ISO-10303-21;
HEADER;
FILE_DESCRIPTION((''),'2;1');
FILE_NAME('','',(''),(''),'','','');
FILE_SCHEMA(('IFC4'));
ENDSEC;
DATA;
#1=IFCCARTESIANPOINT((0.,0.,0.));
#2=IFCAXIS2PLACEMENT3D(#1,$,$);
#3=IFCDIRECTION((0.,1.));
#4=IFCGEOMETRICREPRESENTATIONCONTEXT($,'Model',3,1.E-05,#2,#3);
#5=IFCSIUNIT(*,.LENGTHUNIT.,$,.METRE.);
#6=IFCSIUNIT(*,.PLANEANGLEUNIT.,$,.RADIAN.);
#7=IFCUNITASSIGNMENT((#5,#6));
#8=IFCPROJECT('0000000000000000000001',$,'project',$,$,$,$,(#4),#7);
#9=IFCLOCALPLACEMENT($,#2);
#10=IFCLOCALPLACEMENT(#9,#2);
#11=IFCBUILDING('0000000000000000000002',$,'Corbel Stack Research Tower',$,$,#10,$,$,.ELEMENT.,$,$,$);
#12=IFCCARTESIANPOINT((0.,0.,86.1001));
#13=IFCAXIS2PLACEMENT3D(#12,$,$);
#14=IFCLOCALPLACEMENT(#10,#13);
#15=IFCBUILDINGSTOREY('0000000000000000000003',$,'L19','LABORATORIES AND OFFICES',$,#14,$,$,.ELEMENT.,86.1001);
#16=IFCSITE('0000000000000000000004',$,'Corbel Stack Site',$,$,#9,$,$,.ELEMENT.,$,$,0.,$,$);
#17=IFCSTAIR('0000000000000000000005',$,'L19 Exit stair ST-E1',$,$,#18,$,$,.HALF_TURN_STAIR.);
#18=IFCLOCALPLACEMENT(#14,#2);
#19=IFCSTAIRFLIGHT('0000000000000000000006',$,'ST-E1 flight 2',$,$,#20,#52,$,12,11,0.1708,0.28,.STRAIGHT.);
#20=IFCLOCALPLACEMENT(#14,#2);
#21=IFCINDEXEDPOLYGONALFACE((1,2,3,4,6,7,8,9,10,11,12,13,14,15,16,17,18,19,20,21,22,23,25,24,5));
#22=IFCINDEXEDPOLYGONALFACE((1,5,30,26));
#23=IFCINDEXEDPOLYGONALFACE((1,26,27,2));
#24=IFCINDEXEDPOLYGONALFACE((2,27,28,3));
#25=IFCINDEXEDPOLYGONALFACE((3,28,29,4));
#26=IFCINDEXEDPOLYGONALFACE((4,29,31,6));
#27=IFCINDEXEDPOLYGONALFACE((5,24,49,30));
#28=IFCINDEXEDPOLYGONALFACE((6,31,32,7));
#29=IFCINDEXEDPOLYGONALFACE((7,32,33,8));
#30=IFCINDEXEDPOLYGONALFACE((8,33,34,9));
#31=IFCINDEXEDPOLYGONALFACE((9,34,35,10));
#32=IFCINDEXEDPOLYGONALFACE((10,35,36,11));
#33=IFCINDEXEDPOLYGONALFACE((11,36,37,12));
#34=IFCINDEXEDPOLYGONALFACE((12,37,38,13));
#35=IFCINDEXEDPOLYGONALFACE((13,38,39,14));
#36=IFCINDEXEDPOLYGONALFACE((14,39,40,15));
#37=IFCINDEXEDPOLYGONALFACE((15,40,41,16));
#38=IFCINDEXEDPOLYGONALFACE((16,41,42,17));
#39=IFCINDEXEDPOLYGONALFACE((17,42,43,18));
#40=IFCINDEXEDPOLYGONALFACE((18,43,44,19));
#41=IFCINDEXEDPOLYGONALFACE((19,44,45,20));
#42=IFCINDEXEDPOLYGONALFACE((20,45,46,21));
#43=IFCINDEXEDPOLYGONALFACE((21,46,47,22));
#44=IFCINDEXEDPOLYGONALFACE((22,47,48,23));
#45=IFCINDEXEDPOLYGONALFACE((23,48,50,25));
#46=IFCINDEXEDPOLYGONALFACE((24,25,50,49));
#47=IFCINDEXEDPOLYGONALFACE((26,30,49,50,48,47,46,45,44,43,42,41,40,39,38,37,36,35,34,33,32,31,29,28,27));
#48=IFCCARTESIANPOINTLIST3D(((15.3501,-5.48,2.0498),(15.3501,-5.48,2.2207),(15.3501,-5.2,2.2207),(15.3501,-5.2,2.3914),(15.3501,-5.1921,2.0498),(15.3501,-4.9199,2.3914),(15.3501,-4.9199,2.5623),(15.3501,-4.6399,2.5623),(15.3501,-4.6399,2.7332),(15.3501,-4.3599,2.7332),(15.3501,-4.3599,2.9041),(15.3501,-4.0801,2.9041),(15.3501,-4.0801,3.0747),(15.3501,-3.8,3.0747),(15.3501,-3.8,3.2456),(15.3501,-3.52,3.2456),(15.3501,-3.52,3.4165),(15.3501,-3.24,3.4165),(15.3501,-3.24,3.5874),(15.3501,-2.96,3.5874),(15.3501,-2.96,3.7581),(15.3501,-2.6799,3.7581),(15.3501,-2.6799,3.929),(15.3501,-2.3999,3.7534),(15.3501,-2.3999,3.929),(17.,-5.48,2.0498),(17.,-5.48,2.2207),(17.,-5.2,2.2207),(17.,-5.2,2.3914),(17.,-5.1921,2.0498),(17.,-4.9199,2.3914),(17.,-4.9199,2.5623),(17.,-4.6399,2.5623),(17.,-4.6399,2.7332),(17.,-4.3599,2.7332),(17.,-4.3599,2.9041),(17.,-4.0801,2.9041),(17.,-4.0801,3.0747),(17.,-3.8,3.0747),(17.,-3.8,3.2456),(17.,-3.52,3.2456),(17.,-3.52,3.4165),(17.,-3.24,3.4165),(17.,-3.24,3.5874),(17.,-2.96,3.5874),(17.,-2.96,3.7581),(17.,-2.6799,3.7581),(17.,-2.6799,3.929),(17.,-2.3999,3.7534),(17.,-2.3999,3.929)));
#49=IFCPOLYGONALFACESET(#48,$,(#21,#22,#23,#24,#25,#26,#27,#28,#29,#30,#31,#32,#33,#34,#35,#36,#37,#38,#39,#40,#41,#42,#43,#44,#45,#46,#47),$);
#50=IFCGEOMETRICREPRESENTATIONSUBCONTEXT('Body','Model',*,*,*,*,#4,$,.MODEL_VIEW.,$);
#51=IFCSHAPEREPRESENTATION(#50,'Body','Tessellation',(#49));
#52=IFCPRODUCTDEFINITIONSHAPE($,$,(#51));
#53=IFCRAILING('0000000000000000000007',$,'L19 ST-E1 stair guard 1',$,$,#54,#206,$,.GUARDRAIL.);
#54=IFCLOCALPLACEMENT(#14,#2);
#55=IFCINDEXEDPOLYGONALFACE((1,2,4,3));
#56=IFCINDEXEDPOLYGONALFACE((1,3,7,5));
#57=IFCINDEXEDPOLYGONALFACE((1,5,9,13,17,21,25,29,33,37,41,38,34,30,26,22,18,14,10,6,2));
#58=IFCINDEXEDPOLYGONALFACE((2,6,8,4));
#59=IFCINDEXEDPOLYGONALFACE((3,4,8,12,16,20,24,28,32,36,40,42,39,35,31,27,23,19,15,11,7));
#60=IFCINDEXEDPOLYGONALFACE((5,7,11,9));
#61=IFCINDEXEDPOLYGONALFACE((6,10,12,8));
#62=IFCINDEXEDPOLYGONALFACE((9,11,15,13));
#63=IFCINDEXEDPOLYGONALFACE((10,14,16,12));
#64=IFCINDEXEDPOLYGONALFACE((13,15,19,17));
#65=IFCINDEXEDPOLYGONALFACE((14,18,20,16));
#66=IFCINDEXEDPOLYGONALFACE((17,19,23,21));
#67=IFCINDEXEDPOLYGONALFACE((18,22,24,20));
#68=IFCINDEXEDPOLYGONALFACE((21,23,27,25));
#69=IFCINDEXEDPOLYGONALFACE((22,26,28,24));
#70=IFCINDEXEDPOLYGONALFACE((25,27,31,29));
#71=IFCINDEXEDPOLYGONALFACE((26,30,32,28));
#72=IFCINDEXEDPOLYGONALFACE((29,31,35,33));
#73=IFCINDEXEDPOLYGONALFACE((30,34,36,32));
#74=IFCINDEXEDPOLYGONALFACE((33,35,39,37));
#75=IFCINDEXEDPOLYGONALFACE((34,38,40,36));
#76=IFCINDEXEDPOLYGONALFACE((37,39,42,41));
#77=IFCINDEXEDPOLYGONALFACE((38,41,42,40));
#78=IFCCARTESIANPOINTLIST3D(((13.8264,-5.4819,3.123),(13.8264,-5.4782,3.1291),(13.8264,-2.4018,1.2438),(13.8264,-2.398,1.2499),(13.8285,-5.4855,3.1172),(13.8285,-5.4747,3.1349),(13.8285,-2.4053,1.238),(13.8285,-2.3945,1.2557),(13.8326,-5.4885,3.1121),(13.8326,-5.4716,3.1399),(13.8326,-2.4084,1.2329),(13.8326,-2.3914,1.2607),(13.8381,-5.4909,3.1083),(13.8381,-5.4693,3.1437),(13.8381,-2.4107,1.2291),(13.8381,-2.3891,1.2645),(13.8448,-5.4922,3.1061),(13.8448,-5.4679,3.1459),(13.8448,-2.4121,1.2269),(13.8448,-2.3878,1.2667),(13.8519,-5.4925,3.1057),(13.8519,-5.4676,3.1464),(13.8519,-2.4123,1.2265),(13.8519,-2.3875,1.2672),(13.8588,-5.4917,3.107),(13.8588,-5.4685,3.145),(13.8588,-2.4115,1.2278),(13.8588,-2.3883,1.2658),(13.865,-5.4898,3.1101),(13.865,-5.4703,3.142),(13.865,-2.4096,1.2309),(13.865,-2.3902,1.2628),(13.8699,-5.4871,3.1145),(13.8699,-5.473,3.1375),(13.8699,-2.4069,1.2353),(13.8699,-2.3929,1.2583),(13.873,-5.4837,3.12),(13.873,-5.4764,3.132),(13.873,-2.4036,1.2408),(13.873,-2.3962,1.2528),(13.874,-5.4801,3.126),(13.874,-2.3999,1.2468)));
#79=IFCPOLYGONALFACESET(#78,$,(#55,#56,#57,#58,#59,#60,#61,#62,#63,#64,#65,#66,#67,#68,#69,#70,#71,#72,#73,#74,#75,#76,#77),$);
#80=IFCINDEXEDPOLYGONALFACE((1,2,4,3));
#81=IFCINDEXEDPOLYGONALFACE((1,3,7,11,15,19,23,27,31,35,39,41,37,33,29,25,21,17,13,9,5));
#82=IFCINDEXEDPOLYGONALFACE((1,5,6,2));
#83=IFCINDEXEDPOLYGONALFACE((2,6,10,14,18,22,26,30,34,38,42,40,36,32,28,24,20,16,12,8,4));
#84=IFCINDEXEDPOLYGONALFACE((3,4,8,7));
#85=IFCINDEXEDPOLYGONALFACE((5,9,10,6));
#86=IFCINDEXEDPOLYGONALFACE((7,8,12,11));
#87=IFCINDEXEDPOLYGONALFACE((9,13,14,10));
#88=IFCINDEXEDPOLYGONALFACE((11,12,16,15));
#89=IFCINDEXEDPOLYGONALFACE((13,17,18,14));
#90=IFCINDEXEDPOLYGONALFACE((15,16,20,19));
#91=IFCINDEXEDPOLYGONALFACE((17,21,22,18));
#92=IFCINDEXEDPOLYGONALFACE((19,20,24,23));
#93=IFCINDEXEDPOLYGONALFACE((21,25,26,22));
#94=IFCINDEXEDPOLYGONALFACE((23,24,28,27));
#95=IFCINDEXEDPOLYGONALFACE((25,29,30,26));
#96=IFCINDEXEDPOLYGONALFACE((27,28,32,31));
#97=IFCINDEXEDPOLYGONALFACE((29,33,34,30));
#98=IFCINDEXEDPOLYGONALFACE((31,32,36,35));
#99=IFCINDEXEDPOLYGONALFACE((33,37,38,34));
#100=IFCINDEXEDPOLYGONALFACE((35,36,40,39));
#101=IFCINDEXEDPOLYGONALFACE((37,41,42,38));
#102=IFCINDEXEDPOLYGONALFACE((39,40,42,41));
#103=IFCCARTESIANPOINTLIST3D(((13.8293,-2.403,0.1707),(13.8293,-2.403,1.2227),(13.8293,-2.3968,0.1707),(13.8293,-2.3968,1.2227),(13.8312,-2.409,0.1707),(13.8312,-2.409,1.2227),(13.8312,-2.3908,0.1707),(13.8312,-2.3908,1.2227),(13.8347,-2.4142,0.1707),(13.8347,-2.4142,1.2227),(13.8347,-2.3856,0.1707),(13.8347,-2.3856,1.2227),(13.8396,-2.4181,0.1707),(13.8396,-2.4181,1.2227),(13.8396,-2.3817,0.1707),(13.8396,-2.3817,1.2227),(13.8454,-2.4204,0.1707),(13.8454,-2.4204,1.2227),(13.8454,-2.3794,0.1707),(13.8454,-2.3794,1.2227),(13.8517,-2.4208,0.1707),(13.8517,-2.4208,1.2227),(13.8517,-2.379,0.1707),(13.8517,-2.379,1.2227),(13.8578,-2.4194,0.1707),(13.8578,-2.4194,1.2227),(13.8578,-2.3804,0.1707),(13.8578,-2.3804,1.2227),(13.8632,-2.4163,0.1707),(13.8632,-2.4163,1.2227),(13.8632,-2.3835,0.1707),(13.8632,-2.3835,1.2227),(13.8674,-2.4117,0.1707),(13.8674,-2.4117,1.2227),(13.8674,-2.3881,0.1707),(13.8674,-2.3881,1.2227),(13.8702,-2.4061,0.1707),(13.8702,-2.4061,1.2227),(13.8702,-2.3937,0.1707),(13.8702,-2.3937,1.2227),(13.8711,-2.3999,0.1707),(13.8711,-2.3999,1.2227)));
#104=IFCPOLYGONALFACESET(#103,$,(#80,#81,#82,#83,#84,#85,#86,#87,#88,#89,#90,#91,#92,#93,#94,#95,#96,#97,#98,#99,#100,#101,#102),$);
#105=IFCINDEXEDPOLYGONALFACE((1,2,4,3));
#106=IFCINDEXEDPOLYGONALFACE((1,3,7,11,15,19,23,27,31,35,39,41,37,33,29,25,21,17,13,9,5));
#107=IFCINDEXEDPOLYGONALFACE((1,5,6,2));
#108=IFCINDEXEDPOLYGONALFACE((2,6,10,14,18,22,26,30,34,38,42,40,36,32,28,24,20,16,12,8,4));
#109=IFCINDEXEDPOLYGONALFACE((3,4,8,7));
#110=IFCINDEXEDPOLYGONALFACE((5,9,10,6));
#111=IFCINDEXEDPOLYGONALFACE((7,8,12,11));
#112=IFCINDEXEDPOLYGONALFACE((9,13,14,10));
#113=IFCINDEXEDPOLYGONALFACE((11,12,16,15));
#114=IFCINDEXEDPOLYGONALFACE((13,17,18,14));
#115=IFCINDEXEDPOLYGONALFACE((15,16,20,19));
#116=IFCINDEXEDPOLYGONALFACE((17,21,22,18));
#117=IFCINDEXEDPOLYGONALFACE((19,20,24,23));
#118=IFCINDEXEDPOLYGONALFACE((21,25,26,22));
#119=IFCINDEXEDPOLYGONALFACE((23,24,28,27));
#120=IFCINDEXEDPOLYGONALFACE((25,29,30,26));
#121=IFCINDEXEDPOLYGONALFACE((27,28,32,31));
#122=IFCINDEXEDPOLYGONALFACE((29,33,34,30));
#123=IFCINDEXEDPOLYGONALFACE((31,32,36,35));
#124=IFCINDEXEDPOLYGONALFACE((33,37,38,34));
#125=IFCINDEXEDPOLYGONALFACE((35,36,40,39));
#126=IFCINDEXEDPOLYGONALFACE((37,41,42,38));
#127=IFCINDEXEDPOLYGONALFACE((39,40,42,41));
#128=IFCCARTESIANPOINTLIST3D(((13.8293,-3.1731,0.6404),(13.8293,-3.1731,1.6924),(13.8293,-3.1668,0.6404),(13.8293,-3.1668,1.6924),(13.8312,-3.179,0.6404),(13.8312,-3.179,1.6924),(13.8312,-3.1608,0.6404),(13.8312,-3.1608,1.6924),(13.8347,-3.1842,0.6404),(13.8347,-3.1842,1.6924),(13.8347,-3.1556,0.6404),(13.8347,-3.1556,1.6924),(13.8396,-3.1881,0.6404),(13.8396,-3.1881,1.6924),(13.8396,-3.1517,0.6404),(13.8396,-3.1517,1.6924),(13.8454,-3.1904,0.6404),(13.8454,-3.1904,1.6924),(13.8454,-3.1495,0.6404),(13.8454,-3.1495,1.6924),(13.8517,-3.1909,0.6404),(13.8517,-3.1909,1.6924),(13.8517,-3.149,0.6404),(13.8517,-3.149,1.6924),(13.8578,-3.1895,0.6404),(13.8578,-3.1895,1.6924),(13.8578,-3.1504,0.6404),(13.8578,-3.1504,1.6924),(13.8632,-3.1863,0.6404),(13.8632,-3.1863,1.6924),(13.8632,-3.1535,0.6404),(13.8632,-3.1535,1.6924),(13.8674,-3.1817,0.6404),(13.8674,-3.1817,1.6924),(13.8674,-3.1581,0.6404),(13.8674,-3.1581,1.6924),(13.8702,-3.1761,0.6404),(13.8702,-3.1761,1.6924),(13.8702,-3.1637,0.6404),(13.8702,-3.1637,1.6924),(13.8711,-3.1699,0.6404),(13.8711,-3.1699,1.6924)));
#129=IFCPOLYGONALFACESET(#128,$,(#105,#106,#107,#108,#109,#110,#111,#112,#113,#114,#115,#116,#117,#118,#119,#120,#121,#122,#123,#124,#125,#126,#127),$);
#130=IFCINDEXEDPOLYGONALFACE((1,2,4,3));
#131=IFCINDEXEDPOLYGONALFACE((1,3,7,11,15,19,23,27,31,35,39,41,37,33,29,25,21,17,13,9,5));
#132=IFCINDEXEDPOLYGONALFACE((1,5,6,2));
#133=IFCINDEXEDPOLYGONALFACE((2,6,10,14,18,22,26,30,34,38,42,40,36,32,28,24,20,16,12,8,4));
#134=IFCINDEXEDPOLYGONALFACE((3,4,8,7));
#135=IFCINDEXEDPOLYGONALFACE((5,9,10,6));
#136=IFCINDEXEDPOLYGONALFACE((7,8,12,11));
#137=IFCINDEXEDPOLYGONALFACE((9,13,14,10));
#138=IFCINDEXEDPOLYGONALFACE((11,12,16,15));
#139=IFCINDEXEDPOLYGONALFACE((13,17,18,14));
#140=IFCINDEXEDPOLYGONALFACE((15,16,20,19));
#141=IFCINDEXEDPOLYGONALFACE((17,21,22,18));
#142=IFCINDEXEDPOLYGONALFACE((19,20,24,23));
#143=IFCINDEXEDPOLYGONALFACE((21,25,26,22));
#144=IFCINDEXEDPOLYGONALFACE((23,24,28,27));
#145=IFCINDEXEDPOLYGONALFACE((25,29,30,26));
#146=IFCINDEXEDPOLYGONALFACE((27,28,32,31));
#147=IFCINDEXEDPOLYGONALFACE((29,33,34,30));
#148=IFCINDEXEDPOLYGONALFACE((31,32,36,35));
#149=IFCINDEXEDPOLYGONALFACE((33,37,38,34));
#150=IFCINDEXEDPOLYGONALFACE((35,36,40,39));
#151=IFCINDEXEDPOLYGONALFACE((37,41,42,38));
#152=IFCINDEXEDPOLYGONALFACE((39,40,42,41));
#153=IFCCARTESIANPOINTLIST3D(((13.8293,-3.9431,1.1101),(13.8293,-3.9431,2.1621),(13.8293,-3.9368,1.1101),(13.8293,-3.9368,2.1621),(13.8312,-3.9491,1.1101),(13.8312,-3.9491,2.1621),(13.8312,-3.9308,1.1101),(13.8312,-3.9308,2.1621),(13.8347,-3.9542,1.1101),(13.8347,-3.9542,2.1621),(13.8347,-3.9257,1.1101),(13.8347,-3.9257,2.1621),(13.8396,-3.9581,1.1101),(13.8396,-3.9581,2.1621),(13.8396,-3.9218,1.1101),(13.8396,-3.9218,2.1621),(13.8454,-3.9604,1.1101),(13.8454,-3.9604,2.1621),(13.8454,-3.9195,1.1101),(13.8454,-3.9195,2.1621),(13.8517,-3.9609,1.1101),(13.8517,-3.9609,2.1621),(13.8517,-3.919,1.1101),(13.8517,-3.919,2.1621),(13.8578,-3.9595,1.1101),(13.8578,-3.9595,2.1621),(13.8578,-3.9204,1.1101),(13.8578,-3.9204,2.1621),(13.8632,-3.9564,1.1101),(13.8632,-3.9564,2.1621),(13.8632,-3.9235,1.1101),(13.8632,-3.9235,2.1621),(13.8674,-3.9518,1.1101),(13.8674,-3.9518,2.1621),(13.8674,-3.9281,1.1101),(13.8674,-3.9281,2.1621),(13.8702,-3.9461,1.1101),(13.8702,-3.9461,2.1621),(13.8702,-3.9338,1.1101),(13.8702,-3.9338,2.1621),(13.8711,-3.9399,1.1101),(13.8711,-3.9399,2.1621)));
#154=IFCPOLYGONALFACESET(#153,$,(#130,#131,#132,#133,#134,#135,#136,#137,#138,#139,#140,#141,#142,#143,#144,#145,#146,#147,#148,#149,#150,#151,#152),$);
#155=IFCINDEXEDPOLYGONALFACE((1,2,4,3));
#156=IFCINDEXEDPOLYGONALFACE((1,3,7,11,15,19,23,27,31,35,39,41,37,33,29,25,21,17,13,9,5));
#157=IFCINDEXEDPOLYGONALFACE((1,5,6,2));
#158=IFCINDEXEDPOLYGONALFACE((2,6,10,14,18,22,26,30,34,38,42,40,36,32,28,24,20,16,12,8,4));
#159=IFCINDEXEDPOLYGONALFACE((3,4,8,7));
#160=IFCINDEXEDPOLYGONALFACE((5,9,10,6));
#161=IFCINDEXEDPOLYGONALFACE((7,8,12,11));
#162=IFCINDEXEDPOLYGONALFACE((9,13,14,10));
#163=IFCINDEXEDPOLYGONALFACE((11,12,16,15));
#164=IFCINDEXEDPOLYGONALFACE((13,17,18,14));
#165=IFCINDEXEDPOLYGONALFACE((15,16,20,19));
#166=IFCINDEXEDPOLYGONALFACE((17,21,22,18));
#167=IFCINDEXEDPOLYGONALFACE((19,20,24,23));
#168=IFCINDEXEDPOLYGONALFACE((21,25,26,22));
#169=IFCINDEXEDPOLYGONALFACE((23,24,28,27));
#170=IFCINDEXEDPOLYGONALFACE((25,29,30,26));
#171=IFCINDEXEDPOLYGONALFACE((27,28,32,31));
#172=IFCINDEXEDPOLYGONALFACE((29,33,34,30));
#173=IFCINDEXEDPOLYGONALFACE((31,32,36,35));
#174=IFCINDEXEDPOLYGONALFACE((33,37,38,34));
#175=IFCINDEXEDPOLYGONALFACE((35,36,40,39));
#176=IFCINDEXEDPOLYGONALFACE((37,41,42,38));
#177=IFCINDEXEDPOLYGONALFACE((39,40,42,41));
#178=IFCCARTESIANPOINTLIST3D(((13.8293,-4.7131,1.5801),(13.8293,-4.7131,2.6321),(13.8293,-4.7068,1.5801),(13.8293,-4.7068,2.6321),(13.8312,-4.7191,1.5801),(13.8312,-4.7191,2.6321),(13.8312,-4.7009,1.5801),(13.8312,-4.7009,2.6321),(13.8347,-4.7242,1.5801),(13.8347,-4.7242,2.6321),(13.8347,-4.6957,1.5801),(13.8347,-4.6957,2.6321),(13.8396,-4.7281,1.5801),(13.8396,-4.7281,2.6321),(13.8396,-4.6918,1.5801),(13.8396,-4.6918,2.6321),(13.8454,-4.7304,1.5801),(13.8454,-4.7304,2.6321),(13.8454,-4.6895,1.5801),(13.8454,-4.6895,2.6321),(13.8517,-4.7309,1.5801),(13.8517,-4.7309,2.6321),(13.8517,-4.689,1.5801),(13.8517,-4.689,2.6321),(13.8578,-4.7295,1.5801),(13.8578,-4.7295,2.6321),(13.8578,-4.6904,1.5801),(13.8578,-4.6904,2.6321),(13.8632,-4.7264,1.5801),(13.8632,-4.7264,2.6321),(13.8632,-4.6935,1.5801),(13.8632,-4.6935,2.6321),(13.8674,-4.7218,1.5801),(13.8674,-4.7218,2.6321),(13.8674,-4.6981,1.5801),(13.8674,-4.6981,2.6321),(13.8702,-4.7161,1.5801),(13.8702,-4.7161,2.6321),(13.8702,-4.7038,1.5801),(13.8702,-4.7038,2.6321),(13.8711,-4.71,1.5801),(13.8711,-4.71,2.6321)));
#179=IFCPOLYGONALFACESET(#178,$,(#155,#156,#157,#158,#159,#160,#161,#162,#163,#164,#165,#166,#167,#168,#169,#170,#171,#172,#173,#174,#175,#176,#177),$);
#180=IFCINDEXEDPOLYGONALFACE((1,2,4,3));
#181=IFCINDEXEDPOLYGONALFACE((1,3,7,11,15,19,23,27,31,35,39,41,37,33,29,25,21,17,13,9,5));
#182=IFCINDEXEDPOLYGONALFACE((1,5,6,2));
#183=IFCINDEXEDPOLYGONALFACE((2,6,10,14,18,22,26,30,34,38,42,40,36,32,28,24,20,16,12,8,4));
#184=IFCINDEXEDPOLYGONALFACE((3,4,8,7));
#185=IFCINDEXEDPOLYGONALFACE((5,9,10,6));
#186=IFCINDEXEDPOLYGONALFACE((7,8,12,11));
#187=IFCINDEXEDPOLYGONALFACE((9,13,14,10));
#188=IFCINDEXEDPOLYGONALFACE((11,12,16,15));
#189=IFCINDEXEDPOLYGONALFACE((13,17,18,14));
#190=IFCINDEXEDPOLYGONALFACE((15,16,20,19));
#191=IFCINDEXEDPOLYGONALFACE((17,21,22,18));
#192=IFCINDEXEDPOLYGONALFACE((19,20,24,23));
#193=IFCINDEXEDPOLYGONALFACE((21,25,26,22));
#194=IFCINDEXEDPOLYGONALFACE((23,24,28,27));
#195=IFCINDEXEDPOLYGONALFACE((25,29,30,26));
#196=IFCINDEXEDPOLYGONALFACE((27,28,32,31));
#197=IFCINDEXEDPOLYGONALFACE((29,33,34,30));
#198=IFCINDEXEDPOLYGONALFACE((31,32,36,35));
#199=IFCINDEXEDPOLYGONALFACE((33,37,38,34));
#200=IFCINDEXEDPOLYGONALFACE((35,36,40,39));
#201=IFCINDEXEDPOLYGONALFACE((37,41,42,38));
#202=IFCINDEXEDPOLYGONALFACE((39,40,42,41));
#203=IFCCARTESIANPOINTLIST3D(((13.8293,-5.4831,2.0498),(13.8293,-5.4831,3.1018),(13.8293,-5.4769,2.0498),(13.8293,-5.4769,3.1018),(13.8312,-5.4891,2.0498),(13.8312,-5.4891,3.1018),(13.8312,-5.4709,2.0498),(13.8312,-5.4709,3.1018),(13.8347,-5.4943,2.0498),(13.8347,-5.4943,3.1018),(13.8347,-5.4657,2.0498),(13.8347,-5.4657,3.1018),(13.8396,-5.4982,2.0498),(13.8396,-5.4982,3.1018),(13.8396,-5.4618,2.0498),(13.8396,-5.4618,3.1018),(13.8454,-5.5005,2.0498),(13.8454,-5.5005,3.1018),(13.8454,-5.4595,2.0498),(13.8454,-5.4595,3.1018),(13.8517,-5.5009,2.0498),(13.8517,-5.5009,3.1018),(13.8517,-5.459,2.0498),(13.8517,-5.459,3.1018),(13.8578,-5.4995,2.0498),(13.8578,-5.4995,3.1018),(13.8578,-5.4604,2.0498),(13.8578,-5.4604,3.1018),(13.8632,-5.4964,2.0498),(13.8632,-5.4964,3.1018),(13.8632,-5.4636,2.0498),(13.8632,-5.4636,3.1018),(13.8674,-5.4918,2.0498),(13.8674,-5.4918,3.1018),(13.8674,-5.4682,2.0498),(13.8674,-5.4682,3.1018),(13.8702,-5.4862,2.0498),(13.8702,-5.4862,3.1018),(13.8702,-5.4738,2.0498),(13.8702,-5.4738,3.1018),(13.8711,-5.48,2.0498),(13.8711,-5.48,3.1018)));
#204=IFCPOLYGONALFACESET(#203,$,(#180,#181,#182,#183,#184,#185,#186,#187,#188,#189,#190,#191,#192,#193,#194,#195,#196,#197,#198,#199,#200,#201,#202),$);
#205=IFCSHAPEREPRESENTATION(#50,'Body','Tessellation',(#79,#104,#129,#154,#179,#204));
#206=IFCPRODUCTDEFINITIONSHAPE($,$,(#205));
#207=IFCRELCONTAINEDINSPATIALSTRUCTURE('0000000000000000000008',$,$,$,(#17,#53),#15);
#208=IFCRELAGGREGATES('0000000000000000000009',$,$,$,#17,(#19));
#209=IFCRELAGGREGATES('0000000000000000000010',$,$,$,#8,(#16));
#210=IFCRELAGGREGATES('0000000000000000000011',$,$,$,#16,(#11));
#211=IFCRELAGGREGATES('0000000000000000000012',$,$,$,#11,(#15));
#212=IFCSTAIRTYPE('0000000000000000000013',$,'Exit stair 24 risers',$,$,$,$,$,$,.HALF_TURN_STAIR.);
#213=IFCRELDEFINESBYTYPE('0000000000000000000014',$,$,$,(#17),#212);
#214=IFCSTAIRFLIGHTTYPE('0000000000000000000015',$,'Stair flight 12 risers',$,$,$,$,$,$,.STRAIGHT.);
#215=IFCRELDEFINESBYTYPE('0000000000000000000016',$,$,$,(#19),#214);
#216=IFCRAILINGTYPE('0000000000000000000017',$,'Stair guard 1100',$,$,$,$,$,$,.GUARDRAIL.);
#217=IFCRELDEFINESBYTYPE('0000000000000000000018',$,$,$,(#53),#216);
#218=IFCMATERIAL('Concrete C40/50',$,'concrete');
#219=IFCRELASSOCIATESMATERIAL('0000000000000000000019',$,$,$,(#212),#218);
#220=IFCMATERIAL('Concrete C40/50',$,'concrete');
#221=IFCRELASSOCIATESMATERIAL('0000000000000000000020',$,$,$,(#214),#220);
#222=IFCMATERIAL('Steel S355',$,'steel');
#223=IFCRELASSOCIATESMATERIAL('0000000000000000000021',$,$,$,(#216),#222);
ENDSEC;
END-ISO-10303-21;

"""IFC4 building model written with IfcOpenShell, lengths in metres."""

from ifc_helpers import new_model, si_unit, direction, frame, origin, origin_2d, place, context, subcontext, project, spatial, polyline, circle, outline, extrude, material, type_object, element, aggregate, save


model = new_model("IFC4")

# Units and contexts
model_context = context("Model", 3, precision=1e-05, world=origin(), true_north=direction((0.0, 1.0)))
body_context = subcontext(model_context, "Body", "Model", "MODEL_VIEW")
ifc_project = project(units=[si_unit("LENGTHUNIT", "METRE"), si_unit("PLANEANGLEUNIT", "RADIAN")], contexts=[model_context])

# Site, building, storey
site_placement = place(None, origin())
site = spatial("IfcSite", under=ifc_project, at=site_placement, Name="Corbel Stack Site", CompositionType="ELEMENT", RefElevation=0.0)
building_placement = place(site_placement, origin())
building = spatial("IfcBuilding", under=site, at=building_placement, Name="Corbel Stack Research Tower", CompositionType="ELEMENT")
storey_placement = place(building_placement, frame((0.0, 0.0, 86.1001)))
storey = spatial("IfcBuildingStorey", under=building, at=storey_placement, Name="L19", Description="LABORATORIES AND OFFICES", CompositionType="ELEMENT", Elevation=86.1001)

# Stair, stair flight
ifc_material_1 = material(Name="Concrete C40/50", Category="concrete")
stair_type = type_object("IfcStairType", Name="Exit stair 24 risers", PredefinedType="HALF_TURN_STAIR", material=ifc_material_1)
stair_placement = place(storey_placement, origin())
stair = element("IfcStair", 1, at=stair_placement, inside=storey, type_object=stair_type, Name="L19 Exit stair ST-E1", PredefinedType="HALF_TURN_STAIR")
ifc_material_2 = material(Name="Concrete C40/50", Category="concrete")
stair_flight_type = type_object("IfcStairFlightType", Name="Stair flight 12 risers", PredefinedType="STRAIGHT", material=ifc_material_2)
stair_flight_1_placement = place(storey_placement, frame((16.175, -5.48, 2.0498), z_axis=(0.0, 0.0, 1.0), x_axis=(0.0, 1.0, 0.0)))
stair_flight_1 = element("IfcStairFlight", 2, at=stair_flight_1_placement, type_object=stair_flight_type, Name="ST-E1 flight 2", NumberOfRisers=12, NumberOfTreads=11, PredefinedType="STRAIGHT", RiserHeight=0.1708, TreadLength=0.28, context=body_context, shape_type="SweptSolid", body=[
    extrude(outline(polyline([(0.0, 0.0), (0.0, 0.1709), (0.28, 0.1709), (0.28, 0.3416), (0.5601, 0.3416), (0.5601, 0.5125), (0.8401, 0.5125), (0.8401, 0.6833), (1.1201, 0.6833), (1.1201, 0.8542), (1.3999, 0.8542), (1.3999, 1.0249), (1.6799, 1.0249), (1.6799, 1.1958), (1.96, 1.1958), (1.96, 1.3667), (2.24, 1.3667), (2.24, 1.5376), (2.52, 1.5376), (2.52, 1.7083), (2.8, 1.7083), (2.8, 1.8792), (3.0801, 1.8792), (3.0801, 2.05), (3.0801, 1.7036), (0.2878, 0.0), (0.0, 0.0)])), frame((0.0, 0.825, 0.0), z_axis=(0.0, -1.0, 0.0), x_axis=(1.0, 0.0, 0.0)), (0.0, 0.0, 1.0), 1.6499),
])
aggregate(stair, [stair_flight_1])

# Railing
ifc_material_3 = material(Name="Steel S355", Category="steel")
railing_type_1 = type_object("IfcRailingType", Name="Stair guard 1100", PredefinedType="GUARDRAIL", material=ifc_material_3)
railing_1_placement = place(storey_placement, frame((13.8501, -2.3999, 0.1707)))
element("IfcRailing", 3, at=railing_1_placement, inside=storey, type_object=railing_type_1, Name="L19 ST-E1 stair guard 1", PredefinedType="GUARDRAIL", context=body_context, shape_type="SweptSolid", body=[
    extrude(circle(Radius=0.0239, at=origin_2d()), frame((0.0, 0.0, 1.0762), z_axis=(0.0, -0.853666, 0.52082), x_axis=(1.0, 0.0, 0.0)), (0.0, 0.0, 1.0), 3.6082),
    extrude(circle(Radius=0.021, at=origin_2d()), origin(), (0.0, 0.0, 1.0), 1.052),
    extrude(circle(Radius=0.021, at=origin_2d()), frame((0.0, -0.77, 0.4697)), (0.0, 0.0, 1.0), 1.052),
    extrude(circle(Radius=0.021, at=origin_2d()), frame((0.0, -1.54, 0.9395)), (0.0, 0.0, 1.0), 1.052),
    extrude(circle(Radius=0.021, at=origin_2d()), frame((0.0, -2.3101, 1.4094)), (0.0, 0.0, 1.0), 1.052),
    extrude(circle(Radius=0.021, at=origin_2d()), frame((0.0, -3.0801, 1.8792)), (0.0, 0.0, 1.0), 1.052),
])

save(model, "model.ifc")
